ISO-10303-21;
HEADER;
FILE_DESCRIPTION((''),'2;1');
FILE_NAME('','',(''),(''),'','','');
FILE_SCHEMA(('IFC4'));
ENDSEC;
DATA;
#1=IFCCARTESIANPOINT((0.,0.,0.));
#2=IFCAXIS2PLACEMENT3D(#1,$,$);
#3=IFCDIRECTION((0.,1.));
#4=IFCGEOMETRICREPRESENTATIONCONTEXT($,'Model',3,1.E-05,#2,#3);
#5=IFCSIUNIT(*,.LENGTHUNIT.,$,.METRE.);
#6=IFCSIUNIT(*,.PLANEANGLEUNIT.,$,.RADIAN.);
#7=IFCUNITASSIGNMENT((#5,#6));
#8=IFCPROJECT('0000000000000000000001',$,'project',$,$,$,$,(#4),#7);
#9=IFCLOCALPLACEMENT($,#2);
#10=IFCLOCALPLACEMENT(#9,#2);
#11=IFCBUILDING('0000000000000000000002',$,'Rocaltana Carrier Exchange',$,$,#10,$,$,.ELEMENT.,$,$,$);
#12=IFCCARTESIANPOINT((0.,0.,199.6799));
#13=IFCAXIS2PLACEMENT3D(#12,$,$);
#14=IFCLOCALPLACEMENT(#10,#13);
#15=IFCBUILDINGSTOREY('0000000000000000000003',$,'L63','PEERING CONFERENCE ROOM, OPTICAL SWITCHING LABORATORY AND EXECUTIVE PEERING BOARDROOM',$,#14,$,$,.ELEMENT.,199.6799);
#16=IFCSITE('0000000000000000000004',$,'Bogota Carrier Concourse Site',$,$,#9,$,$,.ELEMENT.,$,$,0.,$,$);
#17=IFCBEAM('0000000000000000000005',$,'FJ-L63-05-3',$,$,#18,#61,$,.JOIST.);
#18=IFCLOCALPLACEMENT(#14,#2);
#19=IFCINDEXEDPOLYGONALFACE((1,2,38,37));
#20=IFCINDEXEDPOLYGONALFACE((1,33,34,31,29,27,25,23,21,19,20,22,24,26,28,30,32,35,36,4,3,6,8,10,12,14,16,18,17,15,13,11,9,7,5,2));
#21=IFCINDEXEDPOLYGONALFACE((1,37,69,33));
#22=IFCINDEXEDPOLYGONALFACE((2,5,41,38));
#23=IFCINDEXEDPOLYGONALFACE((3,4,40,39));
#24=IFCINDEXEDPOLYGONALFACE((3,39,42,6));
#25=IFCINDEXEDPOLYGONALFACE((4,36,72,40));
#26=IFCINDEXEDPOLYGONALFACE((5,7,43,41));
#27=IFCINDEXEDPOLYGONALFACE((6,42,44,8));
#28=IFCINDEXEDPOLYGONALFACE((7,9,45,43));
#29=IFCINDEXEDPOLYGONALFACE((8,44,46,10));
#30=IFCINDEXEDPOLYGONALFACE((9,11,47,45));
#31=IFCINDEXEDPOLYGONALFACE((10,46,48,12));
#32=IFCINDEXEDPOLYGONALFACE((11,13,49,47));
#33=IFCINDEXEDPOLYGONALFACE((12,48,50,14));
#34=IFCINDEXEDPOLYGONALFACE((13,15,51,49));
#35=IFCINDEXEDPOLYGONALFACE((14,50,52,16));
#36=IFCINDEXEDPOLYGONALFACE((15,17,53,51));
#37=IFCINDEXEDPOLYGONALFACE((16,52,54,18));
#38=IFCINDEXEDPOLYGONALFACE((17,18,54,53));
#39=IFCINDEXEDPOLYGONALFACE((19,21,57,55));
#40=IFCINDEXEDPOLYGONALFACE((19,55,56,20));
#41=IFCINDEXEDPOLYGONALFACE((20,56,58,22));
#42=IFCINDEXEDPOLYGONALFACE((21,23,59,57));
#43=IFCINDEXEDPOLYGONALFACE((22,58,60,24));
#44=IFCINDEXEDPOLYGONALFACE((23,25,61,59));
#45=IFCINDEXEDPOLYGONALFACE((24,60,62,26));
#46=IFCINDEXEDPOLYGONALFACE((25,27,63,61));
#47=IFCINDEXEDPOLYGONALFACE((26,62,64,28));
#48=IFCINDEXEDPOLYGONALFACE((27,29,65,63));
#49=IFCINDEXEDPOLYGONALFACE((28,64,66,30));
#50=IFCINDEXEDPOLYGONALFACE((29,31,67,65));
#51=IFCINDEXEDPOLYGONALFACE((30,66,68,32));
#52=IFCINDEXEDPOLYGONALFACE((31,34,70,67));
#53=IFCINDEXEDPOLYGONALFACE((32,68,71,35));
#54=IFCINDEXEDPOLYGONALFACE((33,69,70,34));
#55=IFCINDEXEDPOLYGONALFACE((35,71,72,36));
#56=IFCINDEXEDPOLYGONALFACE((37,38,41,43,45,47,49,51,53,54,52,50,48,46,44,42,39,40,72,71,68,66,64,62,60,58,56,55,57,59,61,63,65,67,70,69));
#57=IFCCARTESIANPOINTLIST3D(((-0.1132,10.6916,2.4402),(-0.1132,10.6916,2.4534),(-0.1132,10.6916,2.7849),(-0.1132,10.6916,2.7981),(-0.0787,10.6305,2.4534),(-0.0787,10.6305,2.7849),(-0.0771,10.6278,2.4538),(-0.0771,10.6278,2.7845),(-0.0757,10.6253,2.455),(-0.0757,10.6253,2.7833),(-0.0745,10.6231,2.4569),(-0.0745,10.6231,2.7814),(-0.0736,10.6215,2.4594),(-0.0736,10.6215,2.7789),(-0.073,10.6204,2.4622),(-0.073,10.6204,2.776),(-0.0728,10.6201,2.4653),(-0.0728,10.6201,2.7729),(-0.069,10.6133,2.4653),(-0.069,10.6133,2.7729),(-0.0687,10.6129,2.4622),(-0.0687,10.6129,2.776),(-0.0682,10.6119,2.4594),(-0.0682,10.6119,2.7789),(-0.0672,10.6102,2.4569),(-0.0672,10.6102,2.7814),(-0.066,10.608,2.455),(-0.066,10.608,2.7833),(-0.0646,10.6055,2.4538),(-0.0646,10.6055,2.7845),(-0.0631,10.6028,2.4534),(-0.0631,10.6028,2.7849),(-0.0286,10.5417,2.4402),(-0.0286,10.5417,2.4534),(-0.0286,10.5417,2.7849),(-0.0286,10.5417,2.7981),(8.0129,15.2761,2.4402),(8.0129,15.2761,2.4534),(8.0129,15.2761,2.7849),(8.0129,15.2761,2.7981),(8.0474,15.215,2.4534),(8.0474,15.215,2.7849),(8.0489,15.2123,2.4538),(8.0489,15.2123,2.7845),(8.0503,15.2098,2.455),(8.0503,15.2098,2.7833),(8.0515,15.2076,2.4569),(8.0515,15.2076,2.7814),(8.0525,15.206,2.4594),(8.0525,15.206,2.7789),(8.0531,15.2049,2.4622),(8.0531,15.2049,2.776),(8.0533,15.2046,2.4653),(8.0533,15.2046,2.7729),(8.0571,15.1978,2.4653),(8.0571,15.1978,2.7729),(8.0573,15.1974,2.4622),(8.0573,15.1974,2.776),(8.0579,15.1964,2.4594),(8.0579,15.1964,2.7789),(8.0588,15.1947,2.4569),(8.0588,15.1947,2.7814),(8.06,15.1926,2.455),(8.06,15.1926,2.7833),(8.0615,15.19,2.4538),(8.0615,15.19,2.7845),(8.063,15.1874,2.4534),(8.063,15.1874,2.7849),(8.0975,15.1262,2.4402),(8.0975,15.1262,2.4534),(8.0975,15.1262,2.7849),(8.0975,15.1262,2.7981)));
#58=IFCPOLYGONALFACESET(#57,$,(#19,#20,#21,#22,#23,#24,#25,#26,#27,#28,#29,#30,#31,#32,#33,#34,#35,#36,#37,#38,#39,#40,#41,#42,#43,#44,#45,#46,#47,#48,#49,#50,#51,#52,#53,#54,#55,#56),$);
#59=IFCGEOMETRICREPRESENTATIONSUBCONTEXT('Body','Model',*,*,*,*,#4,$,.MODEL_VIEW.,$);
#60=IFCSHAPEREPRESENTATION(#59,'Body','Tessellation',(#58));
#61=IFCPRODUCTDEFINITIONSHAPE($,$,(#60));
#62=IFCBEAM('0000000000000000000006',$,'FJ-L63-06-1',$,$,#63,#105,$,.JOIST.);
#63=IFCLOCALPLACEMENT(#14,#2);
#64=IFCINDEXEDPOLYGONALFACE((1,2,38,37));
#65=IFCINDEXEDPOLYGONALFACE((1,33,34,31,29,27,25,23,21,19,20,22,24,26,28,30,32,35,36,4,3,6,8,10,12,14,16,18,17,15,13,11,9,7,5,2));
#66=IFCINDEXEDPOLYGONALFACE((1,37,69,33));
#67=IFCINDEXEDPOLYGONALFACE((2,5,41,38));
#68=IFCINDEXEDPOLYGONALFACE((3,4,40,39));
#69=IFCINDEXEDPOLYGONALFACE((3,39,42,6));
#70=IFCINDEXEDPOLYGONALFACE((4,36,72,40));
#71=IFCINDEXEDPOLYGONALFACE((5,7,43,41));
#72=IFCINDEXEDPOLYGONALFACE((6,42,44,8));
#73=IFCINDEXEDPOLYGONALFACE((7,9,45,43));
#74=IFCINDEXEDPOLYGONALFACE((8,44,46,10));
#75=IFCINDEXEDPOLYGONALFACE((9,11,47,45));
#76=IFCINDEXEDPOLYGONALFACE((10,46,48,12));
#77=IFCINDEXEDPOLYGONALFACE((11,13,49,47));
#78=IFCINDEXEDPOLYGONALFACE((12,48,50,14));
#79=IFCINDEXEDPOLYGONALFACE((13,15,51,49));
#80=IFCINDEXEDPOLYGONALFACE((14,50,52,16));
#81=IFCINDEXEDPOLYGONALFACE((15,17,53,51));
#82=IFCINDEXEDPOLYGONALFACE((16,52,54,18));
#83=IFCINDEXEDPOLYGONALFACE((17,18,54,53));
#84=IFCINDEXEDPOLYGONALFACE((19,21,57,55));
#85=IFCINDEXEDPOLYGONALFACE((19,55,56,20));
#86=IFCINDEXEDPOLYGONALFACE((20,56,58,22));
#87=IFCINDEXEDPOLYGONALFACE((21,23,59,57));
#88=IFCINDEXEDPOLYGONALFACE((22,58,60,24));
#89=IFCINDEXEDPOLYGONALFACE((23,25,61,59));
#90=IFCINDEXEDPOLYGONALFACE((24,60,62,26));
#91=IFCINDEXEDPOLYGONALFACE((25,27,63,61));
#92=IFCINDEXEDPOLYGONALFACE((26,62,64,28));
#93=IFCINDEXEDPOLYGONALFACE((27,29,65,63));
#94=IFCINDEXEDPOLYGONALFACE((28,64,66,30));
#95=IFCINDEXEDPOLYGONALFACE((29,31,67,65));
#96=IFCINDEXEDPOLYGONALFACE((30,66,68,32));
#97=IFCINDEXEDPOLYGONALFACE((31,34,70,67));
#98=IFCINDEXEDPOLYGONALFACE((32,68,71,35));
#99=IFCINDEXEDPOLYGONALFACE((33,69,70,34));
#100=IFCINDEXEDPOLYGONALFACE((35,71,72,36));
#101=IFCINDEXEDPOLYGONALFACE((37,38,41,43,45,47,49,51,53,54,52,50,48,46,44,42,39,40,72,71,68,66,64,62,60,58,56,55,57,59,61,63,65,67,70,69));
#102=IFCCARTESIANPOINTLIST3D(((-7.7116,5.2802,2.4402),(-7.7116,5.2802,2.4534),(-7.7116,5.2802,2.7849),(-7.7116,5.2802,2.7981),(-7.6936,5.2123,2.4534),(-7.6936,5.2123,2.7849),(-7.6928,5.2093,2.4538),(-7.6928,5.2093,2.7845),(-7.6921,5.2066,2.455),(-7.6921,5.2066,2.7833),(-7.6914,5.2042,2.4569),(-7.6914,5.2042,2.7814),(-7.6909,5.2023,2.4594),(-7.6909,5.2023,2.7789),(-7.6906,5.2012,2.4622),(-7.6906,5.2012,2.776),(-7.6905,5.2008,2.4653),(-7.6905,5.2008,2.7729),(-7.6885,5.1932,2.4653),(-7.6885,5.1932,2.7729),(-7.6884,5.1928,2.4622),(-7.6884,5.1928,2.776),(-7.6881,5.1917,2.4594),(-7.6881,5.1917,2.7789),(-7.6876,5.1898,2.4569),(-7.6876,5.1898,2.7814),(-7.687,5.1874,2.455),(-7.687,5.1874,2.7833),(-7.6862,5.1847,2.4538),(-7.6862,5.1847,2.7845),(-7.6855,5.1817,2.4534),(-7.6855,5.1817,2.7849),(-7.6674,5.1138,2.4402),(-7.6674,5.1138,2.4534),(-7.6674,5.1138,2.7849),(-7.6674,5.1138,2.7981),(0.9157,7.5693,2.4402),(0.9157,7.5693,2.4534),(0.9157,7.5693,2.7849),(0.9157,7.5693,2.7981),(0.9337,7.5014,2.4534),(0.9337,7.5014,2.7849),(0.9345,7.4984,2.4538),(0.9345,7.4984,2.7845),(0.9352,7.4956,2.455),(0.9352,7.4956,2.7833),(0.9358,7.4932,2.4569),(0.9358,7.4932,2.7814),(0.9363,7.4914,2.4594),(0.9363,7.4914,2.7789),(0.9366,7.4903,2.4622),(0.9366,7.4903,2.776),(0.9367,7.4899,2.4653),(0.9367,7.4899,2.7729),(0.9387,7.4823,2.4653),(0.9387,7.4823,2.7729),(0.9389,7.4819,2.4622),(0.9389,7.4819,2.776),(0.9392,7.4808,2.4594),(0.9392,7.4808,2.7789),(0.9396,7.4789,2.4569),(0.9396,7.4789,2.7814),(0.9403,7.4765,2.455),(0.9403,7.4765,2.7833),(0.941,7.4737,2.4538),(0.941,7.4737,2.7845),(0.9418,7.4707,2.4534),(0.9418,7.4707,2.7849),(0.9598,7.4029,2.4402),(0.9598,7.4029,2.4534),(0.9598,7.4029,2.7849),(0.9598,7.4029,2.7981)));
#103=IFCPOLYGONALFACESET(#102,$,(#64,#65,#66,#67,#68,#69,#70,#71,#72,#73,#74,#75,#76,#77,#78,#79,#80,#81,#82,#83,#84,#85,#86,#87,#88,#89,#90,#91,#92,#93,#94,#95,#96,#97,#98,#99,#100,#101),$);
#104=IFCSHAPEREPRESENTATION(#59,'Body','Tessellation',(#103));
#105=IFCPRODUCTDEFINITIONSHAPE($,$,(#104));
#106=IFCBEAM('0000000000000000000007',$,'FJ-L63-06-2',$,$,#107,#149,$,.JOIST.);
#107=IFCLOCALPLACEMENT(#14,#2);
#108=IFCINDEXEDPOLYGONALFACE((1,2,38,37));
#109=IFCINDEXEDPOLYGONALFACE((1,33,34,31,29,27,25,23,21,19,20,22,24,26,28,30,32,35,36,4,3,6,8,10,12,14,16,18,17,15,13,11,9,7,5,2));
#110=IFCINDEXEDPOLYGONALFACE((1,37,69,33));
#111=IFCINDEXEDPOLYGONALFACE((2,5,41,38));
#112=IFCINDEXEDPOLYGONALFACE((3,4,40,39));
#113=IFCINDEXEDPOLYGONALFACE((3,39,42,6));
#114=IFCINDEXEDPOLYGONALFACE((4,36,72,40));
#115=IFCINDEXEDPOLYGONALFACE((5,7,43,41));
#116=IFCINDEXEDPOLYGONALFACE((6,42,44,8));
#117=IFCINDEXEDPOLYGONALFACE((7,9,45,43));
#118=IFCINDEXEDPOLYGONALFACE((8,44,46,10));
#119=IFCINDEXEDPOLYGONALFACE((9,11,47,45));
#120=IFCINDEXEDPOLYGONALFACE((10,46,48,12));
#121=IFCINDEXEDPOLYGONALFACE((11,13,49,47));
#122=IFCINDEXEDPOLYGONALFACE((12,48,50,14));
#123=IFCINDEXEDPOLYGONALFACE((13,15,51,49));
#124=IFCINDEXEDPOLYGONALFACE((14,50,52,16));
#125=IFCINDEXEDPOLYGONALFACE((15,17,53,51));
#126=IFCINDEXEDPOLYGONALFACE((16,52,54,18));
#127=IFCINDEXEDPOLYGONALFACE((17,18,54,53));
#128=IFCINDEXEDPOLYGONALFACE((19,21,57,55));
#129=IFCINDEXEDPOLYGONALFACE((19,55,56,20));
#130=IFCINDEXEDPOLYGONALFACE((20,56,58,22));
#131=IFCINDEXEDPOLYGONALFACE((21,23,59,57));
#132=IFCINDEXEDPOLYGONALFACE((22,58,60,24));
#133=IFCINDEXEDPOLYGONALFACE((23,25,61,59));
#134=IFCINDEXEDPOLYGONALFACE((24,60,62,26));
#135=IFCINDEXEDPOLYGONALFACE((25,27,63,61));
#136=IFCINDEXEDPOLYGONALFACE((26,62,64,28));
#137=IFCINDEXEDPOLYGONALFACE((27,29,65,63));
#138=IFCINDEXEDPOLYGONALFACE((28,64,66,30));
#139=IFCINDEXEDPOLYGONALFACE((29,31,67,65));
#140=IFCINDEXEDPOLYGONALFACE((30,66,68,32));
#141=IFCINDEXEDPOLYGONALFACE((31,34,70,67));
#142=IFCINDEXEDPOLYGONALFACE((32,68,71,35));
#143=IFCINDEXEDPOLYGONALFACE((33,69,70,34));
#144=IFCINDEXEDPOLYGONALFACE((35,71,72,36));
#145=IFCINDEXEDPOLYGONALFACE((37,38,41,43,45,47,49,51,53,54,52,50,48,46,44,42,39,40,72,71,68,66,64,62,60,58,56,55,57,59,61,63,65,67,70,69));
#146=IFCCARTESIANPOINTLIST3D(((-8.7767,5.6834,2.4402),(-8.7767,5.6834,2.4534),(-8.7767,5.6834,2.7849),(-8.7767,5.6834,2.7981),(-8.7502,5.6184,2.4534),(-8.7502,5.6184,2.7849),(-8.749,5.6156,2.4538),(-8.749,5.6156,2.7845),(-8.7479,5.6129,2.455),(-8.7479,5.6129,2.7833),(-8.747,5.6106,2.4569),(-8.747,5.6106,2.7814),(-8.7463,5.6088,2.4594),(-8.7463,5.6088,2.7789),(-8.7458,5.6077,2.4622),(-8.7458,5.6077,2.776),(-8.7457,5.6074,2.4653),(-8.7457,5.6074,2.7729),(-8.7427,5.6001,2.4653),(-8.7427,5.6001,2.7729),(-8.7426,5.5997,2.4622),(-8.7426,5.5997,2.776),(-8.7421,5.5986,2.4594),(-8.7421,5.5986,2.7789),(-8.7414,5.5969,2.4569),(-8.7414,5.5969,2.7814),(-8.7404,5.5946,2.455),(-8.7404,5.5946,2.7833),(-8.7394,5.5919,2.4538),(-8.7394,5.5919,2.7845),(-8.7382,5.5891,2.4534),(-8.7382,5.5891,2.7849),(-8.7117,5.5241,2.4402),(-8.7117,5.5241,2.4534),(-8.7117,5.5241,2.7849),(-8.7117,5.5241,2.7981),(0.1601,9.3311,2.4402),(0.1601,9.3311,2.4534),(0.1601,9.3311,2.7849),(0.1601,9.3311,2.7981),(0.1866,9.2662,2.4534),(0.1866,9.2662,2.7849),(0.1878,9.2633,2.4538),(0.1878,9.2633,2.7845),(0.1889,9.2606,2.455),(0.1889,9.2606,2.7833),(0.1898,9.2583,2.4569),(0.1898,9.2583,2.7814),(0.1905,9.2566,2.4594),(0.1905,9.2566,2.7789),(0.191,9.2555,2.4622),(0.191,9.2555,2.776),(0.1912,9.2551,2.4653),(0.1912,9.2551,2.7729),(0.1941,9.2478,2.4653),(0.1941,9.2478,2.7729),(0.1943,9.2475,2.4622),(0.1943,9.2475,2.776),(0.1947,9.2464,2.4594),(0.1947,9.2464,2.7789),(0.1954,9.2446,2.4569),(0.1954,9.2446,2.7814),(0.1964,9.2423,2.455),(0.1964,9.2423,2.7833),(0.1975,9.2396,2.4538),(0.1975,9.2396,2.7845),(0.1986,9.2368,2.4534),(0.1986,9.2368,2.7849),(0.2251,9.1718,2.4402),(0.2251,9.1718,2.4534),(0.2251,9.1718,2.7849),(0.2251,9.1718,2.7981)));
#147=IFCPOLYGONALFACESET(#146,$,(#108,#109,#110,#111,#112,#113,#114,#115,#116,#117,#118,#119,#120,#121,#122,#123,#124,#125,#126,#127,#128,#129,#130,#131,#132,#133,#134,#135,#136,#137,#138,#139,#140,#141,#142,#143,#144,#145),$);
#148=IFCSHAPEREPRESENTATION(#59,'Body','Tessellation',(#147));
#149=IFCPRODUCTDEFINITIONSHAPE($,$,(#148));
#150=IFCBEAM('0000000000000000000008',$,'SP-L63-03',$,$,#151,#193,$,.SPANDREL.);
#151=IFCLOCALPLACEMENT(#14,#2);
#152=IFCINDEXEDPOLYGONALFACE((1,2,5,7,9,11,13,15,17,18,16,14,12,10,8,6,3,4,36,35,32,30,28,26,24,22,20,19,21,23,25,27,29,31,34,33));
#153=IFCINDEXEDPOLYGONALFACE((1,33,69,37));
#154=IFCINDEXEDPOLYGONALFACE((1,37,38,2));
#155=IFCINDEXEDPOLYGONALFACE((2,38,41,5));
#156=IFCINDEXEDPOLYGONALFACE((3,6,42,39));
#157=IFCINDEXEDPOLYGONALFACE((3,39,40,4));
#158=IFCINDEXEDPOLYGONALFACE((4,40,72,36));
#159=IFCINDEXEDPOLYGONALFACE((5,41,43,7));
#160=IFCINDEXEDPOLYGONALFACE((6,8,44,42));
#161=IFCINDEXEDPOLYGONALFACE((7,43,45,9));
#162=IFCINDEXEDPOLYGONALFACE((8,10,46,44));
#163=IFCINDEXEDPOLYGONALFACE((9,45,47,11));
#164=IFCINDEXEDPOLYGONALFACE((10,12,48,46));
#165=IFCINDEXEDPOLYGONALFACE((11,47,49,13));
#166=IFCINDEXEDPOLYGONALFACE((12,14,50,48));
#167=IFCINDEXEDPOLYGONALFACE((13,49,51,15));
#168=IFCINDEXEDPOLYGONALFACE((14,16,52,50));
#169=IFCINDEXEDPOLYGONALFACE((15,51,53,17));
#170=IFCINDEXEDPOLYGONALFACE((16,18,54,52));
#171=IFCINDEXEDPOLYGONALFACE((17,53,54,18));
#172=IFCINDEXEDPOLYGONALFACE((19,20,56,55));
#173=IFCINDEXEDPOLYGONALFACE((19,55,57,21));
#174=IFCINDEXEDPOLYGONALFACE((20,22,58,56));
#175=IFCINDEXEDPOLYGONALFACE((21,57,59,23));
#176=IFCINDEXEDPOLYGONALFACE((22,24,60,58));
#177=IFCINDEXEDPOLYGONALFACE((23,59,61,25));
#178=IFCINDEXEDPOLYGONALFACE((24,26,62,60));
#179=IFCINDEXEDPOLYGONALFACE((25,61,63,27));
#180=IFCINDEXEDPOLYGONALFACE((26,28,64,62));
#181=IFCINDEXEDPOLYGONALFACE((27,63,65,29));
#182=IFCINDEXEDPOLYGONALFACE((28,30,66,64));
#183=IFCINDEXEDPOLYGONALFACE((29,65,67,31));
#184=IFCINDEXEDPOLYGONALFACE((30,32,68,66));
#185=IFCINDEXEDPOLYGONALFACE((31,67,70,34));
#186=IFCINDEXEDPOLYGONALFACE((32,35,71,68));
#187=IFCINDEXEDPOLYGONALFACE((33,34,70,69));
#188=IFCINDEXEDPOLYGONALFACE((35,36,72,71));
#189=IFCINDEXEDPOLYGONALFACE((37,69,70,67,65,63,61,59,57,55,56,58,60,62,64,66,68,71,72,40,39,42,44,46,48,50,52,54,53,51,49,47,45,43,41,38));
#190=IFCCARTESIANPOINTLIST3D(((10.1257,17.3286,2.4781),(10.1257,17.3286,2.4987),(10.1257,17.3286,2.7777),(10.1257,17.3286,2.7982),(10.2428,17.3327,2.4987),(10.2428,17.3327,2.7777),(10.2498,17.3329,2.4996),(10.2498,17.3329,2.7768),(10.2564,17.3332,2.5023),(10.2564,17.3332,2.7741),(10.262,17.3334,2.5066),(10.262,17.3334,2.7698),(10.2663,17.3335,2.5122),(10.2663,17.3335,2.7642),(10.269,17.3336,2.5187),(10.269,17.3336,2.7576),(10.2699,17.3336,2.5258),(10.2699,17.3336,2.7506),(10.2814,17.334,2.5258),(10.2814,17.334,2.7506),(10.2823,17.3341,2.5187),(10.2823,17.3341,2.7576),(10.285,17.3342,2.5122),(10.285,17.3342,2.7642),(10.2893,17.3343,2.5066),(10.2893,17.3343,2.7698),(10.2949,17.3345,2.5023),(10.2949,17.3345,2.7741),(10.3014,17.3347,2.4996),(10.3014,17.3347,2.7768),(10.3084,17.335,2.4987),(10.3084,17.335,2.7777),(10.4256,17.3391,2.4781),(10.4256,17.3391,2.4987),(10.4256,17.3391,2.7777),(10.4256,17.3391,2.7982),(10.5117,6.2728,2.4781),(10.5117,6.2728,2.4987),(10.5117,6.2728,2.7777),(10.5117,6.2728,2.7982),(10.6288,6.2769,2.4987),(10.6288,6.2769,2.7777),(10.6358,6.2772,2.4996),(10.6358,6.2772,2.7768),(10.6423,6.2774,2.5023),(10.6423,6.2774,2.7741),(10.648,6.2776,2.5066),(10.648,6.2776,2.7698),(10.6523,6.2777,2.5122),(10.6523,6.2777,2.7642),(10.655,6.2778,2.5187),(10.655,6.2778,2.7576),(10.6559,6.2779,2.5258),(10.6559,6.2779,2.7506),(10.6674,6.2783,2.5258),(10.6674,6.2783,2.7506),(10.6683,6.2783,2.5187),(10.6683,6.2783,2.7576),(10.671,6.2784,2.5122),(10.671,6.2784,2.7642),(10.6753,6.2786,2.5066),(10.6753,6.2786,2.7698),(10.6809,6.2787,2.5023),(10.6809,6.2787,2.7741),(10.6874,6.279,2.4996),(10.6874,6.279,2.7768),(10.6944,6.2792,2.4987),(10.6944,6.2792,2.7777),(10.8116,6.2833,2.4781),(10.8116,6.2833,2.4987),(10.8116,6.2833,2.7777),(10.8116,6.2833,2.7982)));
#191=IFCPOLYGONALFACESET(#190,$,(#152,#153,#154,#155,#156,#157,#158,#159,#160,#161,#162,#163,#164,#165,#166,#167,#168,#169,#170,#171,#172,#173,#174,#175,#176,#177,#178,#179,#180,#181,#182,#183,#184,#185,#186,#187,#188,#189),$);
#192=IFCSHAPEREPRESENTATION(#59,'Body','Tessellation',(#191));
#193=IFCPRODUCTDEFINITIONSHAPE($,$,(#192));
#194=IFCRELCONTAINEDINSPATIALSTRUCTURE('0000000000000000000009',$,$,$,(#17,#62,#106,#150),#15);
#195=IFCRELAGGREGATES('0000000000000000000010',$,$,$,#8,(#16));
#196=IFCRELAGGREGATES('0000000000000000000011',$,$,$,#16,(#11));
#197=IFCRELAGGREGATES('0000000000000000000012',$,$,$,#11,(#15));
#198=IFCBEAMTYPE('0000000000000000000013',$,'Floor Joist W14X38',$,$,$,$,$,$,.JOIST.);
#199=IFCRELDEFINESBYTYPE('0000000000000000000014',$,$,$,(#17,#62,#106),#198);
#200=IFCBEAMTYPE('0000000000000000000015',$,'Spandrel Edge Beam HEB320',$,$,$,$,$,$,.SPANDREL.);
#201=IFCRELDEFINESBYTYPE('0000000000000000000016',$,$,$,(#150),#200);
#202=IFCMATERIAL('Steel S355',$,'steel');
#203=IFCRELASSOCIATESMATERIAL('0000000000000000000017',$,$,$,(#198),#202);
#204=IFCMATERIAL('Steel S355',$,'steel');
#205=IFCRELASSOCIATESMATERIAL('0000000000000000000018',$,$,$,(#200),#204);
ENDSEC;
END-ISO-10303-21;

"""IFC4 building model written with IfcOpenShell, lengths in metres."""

from ifc_helpers import new_model, si_unit, direction, frame, origin, origin_2d, place, context, subcontext, project, spatial, i_section, extrude, material, material_profile, profile_set, type_object, element, save


model = new_model("IFC4")

# Units and contexts
model_context = context("Model", 3, precision=1e-05, world=origin(), true_north=direction((0.0, 1.0)))
body_context = subcontext(model_context, "Body", "Model", "MODEL_VIEW")
ifc_project = project(units=[si_unit("LENGTHUNIT", "METRE"), si_unit("PLANEANGLEUNIT", "RADIAN")], contexts=[model_context])

# Site, building, storey
site_placement = place(None, origin())
site = spatial("IfcSite", under=ifc_project, at=site_placement, Name="Bogota Carrier Concourse Site", CompositionType="ELEMENT", RefElevation=0.0)
building_placement = place(site_placement, origin())
building = spatial("IfcBuilding", under=site, at=building_placement, Name="Rocaltana Carrier Exchange", CompositionType="ELEMENT")
storey_placement = place(building_placement, frame((0.0, 0.0, 199.6799)))
storey = spatial("IfcBuildingStorey", under=building, at=storey_placement, Name="L63", Description="PEERING CONFERENCE ROOM, OPTICAL SWITCHING LABORATORY AND EXECUTIVE PEERING BOARDROOM", CompositionType="ELEMENT", Elevation=199.6799)

# Beams
ifc_material_1 = material(Name="Steel S355", Category="steel")
ifc_material_profile_1 = material_profile(ifc_material_1, i_section(OverallWidth=0.1721, OverallDepth=0.3579, WebThickness=0.0078, FlangeThickness=0.0132, FilletRadius=0.012, at=origin_2d()), Name="W14X38")
ifc_profile_set_1 = profile_set([ifc_material_profile_1], Name="Steel S355")
beam_type_1 = type_object("IfcBeamType", Name="Floor Joist W14X38", PredefinedType="JOIST", material=ifc_profile_set_1)
beam_1_placement = place(storey_placement, frame((8.0552, 15.2012, 2.6191), z_axis=(-0.870951, -0.491369, 0.0), x_axis=(0.491369, -0.870951, 0.0)))
element("IfcBeam", 1, at=beam_1_placement, inside=storey, type_object=beam_type_1, Name="FJ-L63-05-3", PredefinedType="JOIST", context=body_context, shape_type="SweptSolid", body=[
    extrude(i_section(OverallWidth=0.1721, OverallDepth=0.3579, WebThickness=0.0078, FlangeThickness=0.0132, FilletRadius=0.012, at=origin_2d()), origin(), (0.0, 0.0, 1.0), 9.3301),
])
beam_2_placement = place(storey_placement, frame((0.9377, 7.4861, 2.6191), z_axis=(-0.966556, -0.256457, 0.0), x_axis=(0.256457, -0.966556, 0.0)))
element("IfcBeam", 2, at=beam_2_placement, inside=storey, type_object=beam_type_1, Name="FJ-L63-06-1", PredefinedType="JOIST", context=body_context, shape_type="SweptSolid", body=[
    extrude(i_section(OverallWidth=0.1721, OverallDepth=0.3579, WebThickness=0.0078, FlangeThickness=0.0132, FilletRadius=0.012, at=origin_2d()), origin(), (0.0, 0.0, 1.0), 8.9258),
])
beam_3_placement = place(storey_placement, frame((0.1926, 9.2515, 2.6191), z_axis=(-0.925846, -0.377901, 0.0), x_axis=(0.377901, -0.925846, 0.0)))
element("IfcBeam", 3, at=beam_3_placement, inside=storey, type_object=beam_type_1, Name="FJ-L63-06-2", PredefinedType="JOIST", context=body_context, shape_type="SweptSolid", body=[
    extrude(i_section(OverallWidth=0.1721, OverallDepth=0.3579, WebThickness=0.0078, FlangeThickness=0.0132, FilletRadius=0.012, at=origin_2d()), origin(), (0.0, 0.0, 1.0), 9.6526),
])
ifc_material_2 = material(Name="Steel S355", Category="steel")
ifc_material_profile_2 = material_profile(ifc_material_2, i_section(OverallWidth=0.3, OverallDepth=0.3201, WebThickness=0.0115, FlangeThickness=0.0205, FilletRadius=0.0271, at=origin_2d()), Name="HEB320")
ifc_profile_set_2 = profile_set([ifc_material_profile_2], Name="Steel S355")
beam_type_2 = type_object("IfcBeamType", Name="Spandrel Edge Beam HEB320", PredefinedType="SPANDREL", material=ifc_profile_set_2)
beam_4_placement = place(storey_placement, frame((10.6616, 6.2781, 2.6382), z_axis=(-0.034892, 0.999391, 0.0), x_axis=(-0.999391, -0.034892, 0.0)))
element("IfcBeam", 4, at=beam_4_placement, inside=storey, type_object=beam_type_2, Name="SP-L63-03", PredefinedType="SPANDREL", context=body_context, shape_type="SweptSolid", body=[
    extrude(i_section(OverallWidth=0.3, OverallDepth=0.3201, WebThickness=0.0115, FlangeThickness=0.0205, FilletRadius=0.0271, at=origin_2d()), origin(), (0.0, 0.0, 1.0), 11.0625),
])

save(model, "model.ifc")
